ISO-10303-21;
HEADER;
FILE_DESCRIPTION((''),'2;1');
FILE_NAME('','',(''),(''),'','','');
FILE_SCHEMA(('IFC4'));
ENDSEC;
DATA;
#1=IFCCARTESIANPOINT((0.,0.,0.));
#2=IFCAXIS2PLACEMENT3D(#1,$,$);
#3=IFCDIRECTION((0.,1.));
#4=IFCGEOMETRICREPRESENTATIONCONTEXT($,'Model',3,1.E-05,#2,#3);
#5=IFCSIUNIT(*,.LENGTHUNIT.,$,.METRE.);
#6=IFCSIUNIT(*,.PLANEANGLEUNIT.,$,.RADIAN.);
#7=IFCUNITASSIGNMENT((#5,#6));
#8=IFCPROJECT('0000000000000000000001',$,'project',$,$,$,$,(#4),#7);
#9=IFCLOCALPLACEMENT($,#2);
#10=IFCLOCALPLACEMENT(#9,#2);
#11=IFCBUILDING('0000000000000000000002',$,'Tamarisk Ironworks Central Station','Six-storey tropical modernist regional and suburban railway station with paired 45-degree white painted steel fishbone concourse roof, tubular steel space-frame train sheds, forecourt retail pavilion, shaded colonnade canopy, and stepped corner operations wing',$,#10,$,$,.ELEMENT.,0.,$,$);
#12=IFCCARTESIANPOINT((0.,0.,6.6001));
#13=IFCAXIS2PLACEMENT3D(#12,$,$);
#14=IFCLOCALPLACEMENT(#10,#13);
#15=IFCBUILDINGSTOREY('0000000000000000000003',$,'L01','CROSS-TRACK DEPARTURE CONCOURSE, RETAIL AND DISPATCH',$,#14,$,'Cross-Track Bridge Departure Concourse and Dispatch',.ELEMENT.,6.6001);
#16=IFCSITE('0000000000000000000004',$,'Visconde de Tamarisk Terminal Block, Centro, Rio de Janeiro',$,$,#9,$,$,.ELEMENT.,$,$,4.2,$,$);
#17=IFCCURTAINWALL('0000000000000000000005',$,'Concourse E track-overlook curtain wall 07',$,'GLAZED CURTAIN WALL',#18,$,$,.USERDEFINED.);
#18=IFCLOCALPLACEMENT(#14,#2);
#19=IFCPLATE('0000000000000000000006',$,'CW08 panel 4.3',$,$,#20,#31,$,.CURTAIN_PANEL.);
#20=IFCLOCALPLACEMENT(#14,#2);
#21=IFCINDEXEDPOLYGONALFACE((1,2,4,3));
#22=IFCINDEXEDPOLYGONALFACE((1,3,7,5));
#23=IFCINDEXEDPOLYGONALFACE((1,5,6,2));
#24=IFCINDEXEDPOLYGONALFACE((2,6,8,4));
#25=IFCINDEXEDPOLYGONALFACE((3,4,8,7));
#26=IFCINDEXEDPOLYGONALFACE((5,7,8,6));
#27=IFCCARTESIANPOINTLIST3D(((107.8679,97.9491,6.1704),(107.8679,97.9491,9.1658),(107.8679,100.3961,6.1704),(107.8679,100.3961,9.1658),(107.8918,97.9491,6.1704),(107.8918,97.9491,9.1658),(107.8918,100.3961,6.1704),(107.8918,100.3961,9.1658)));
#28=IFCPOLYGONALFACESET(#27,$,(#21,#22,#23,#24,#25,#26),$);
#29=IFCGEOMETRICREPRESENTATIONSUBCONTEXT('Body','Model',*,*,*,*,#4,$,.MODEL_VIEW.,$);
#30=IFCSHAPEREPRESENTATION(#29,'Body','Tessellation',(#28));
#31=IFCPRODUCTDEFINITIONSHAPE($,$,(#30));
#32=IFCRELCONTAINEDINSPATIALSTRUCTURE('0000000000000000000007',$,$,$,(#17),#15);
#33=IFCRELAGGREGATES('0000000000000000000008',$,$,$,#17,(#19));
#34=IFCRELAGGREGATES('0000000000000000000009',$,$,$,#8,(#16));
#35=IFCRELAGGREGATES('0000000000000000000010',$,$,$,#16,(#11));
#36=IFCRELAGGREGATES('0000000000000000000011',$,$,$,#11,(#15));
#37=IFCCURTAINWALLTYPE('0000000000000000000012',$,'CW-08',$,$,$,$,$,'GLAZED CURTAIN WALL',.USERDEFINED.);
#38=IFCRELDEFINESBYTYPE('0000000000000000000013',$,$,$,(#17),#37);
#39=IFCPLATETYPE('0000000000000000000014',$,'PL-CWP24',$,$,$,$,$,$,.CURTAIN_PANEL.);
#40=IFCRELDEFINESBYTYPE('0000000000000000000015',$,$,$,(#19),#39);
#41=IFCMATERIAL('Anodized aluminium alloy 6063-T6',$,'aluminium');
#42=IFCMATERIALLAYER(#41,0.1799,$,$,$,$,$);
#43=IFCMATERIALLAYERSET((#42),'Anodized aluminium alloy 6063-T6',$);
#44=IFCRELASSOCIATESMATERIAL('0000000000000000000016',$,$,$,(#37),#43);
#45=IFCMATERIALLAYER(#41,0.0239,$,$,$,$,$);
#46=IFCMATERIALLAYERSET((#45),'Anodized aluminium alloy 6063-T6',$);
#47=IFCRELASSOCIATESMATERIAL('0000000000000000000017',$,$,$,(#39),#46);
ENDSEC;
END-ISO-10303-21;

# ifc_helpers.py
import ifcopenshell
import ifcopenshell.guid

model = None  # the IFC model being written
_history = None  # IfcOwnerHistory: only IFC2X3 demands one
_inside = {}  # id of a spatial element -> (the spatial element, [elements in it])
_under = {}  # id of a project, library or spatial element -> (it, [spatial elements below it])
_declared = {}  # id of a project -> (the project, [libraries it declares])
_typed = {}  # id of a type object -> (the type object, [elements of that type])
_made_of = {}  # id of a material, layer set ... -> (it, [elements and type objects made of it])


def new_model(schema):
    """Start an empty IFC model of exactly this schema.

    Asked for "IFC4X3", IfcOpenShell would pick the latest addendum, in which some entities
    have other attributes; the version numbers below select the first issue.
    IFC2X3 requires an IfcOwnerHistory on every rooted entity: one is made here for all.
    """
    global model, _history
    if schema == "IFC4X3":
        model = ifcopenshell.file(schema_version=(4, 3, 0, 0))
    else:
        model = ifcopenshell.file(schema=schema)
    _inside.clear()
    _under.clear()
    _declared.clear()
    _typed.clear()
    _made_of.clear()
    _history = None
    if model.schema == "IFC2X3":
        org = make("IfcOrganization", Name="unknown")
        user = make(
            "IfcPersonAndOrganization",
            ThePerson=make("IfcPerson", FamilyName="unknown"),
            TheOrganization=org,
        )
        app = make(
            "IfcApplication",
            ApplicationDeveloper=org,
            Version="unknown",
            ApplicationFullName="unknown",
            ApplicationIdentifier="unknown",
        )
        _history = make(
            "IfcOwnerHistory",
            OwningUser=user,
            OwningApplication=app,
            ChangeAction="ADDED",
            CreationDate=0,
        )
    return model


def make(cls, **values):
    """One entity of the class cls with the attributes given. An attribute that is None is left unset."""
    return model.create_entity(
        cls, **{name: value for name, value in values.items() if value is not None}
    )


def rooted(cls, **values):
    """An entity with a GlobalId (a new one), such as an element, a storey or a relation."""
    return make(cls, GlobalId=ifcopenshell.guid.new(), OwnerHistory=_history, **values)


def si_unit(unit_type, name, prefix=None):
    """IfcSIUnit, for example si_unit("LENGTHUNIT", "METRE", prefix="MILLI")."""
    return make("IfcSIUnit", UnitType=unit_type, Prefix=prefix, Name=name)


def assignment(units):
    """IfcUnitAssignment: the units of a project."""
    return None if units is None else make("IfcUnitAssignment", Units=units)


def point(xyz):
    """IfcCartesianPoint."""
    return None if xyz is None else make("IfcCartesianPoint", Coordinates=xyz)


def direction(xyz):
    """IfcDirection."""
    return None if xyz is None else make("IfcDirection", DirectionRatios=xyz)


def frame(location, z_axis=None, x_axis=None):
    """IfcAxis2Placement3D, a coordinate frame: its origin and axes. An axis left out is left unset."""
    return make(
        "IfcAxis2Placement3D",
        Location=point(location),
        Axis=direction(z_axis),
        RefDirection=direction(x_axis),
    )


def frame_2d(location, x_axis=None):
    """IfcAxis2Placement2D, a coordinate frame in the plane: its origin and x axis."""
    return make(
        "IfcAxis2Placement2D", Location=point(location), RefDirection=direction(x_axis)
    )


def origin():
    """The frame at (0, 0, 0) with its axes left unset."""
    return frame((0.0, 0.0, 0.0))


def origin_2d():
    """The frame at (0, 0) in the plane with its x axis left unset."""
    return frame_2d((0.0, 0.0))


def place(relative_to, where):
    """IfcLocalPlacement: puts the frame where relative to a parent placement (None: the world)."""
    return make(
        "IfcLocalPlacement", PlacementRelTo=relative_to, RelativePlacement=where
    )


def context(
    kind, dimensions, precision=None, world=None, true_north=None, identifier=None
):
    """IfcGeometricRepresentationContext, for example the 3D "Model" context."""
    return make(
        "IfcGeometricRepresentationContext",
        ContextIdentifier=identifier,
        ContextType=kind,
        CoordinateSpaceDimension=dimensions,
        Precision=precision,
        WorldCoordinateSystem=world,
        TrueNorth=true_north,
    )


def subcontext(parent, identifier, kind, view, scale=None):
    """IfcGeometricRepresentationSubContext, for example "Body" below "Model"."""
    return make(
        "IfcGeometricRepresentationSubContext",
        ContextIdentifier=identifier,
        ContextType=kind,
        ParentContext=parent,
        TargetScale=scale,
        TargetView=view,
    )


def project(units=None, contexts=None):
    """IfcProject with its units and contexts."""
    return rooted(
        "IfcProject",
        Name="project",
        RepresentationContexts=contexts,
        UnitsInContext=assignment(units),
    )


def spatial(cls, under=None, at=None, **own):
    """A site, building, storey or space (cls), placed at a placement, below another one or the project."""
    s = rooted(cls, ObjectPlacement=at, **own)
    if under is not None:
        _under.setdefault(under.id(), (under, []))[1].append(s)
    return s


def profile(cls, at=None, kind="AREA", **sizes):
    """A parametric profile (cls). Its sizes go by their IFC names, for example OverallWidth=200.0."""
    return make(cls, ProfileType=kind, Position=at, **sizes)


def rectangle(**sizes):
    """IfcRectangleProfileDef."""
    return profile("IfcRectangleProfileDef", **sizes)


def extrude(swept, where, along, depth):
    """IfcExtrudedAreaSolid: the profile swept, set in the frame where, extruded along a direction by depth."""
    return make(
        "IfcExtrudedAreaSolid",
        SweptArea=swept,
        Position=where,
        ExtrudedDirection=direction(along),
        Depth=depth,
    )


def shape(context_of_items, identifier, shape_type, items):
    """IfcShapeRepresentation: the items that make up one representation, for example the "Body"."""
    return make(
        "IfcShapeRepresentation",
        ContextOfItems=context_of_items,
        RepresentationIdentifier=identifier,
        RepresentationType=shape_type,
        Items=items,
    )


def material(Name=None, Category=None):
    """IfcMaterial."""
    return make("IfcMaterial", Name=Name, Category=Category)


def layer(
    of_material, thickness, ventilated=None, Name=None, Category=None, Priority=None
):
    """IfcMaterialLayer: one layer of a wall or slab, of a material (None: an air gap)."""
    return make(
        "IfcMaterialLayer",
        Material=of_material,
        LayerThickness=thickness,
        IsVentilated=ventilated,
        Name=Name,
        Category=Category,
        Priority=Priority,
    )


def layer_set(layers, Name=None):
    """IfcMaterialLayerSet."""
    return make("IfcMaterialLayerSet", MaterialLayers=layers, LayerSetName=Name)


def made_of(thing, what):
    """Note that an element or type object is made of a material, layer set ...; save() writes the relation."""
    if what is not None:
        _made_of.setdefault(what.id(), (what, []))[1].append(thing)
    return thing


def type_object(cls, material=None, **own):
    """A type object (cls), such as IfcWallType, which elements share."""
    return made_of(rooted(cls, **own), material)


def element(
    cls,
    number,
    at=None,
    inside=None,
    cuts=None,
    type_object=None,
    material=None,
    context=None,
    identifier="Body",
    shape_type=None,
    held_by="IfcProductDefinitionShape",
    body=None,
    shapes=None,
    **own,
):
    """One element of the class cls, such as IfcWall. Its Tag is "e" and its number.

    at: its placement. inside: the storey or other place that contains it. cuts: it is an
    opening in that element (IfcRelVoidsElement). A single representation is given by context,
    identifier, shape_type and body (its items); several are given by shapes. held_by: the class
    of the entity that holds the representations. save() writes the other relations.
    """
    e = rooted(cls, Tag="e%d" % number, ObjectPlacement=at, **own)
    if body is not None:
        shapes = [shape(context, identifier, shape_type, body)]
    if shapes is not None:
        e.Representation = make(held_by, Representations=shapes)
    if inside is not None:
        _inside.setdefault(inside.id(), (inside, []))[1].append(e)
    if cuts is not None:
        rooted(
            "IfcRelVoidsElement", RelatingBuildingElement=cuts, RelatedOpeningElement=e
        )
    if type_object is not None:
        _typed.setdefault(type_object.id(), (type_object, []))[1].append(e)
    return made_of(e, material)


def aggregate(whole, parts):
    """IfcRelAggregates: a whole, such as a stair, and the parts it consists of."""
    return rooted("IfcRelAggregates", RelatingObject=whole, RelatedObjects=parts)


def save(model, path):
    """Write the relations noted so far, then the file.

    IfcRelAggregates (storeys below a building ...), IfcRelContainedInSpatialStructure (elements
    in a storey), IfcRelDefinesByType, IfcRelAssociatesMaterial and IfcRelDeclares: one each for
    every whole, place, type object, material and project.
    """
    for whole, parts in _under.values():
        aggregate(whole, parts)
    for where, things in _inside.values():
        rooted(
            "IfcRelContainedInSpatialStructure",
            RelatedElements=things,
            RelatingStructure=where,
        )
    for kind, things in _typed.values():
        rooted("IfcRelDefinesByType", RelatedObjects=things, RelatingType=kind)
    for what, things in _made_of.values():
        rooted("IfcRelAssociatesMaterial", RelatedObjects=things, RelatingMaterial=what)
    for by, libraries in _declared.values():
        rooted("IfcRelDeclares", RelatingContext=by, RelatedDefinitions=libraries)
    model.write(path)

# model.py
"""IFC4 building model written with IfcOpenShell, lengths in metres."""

from ifc_helpers import new_model, si_unit, direction, frame, origin, origin_2d, place, context, subcontext, project, spatial, rectangle, extrude, material, layer, layer_set, type_object, element, aggregate, save


model = new_model("IFC4")

# Units and contexts
model_context = context("Model", 3, precision=1e-05, world=origin(), true_north=direction((0.0, 1.0)))
body_context = subcontext(model_context, "Body", "Model", "MODEL_VIEW")
ifc_project = project(units=[si_unit("LENGTHUNIT", "METRE"), si_unit("PLANEANGLEUNIT", "RADIAN")], contexts=[model_context])

# Site, building, storey
site_placement = place(None, origin())
site = spatial("IfcSite", under=ifc_project, at=site_placement, Name="Visconde de Tamarisk Terminal Block, Centro, Rio de Janeiro", CompositionType="ELEMENT", RefElevation=4.2)
building_placement = place(site_placement, origin())
building = spatial("IfcBuilding", under=site, at=building_placement, Name="Tamarisk Ironworks Central Station", Description="Six-storey tropical modernist regional and suburban railway station with paired 45-degree white painted steel fishbone concourse roof, tubular steel space-frame train sheds, forecourt retail pavilion, shaded colonnade canopy, and stepped corner operations wing", CompositionType="ELEMENT", ElevationOfRefHeight=0.0)
storey_placement = place(building_placement, frame((0.0, 0.0, 6.6001)))
storey = spatial("IfcBuildingStorey", under=building, at=storey_placement, Name="L01", Description="CROSS-TRACK DEPARTURE CONCOURSE, RETAIL AND DISPATCH", LongName="Cross-Track Bridge Departure Concourse and Dispatch", CompositionType="ELEMENT", Elevation=6.6001)

# Curtain wall
ifc_material = material(Name="Anodized aluminium alloy 6063-T6", Category="aluminium")
ifc_layer_1 = layer(ifc_material, 0.1799)
ifc_layer_set_1 = layer_set([ifc_layer_1], Name="Anodized aluminium alloy 6063-T6")
curtain_wall_type_1 = type_object("IfcCurtainWallType", Name="CW-08", ElementType="GLAZED CURTAIN WALL", PredefinedType="USERDEFINED", material=ifc_layer_set_1)
curtain_wall_1_placement = place(storey_placement, origin())
curtain_wall_1 = element("IfcCurtainWall", 1, at=curtain_wall_1_placement, inside=storey, type_object=curtain_wall_type_1, Name="Concourse E track-overlook curtain wall 07", ObjectType="GLAZED CURTAIN WALL", PredefinedType="USERDEFINED")

# Plate
ifc_layer_2 = layer(ifc_material, 0.0239)
ifc_layer_set_2 = layer_set([ifc_layer_2], Name="Anodized aluminium alloy 6063-T6")
plate_type = type_object("IfcPlateType", Name="PL-CWP24", PredefinedType="CURTAIN_PANEL", material=ifc_layer_set_2)
plate_1_placement = place(storey_placement, frame((107.8799, 99.1726, 6.1704), z_axis=(0.0, 0.0, 1.0), x_axis=(0.0, 1.0, 0.0)))
plate_1 = element("IfcPlate", 2, at=plate_1_placement, type_object=plate_type, Name="CW08 panel 4.3", PredefinedType="CURTAIN_PANEL", context=body_context, shape_type="SweptSolid", body=[
    extrude(rectangle(XDim=2.447, YDim=0.0239, at=origin_2d()), origin(), (0.0, 0.0, 1.0), 2.9954),
])
aggregate(curtain_wall_1, [plate_1])

save(model, "model.ifc")
